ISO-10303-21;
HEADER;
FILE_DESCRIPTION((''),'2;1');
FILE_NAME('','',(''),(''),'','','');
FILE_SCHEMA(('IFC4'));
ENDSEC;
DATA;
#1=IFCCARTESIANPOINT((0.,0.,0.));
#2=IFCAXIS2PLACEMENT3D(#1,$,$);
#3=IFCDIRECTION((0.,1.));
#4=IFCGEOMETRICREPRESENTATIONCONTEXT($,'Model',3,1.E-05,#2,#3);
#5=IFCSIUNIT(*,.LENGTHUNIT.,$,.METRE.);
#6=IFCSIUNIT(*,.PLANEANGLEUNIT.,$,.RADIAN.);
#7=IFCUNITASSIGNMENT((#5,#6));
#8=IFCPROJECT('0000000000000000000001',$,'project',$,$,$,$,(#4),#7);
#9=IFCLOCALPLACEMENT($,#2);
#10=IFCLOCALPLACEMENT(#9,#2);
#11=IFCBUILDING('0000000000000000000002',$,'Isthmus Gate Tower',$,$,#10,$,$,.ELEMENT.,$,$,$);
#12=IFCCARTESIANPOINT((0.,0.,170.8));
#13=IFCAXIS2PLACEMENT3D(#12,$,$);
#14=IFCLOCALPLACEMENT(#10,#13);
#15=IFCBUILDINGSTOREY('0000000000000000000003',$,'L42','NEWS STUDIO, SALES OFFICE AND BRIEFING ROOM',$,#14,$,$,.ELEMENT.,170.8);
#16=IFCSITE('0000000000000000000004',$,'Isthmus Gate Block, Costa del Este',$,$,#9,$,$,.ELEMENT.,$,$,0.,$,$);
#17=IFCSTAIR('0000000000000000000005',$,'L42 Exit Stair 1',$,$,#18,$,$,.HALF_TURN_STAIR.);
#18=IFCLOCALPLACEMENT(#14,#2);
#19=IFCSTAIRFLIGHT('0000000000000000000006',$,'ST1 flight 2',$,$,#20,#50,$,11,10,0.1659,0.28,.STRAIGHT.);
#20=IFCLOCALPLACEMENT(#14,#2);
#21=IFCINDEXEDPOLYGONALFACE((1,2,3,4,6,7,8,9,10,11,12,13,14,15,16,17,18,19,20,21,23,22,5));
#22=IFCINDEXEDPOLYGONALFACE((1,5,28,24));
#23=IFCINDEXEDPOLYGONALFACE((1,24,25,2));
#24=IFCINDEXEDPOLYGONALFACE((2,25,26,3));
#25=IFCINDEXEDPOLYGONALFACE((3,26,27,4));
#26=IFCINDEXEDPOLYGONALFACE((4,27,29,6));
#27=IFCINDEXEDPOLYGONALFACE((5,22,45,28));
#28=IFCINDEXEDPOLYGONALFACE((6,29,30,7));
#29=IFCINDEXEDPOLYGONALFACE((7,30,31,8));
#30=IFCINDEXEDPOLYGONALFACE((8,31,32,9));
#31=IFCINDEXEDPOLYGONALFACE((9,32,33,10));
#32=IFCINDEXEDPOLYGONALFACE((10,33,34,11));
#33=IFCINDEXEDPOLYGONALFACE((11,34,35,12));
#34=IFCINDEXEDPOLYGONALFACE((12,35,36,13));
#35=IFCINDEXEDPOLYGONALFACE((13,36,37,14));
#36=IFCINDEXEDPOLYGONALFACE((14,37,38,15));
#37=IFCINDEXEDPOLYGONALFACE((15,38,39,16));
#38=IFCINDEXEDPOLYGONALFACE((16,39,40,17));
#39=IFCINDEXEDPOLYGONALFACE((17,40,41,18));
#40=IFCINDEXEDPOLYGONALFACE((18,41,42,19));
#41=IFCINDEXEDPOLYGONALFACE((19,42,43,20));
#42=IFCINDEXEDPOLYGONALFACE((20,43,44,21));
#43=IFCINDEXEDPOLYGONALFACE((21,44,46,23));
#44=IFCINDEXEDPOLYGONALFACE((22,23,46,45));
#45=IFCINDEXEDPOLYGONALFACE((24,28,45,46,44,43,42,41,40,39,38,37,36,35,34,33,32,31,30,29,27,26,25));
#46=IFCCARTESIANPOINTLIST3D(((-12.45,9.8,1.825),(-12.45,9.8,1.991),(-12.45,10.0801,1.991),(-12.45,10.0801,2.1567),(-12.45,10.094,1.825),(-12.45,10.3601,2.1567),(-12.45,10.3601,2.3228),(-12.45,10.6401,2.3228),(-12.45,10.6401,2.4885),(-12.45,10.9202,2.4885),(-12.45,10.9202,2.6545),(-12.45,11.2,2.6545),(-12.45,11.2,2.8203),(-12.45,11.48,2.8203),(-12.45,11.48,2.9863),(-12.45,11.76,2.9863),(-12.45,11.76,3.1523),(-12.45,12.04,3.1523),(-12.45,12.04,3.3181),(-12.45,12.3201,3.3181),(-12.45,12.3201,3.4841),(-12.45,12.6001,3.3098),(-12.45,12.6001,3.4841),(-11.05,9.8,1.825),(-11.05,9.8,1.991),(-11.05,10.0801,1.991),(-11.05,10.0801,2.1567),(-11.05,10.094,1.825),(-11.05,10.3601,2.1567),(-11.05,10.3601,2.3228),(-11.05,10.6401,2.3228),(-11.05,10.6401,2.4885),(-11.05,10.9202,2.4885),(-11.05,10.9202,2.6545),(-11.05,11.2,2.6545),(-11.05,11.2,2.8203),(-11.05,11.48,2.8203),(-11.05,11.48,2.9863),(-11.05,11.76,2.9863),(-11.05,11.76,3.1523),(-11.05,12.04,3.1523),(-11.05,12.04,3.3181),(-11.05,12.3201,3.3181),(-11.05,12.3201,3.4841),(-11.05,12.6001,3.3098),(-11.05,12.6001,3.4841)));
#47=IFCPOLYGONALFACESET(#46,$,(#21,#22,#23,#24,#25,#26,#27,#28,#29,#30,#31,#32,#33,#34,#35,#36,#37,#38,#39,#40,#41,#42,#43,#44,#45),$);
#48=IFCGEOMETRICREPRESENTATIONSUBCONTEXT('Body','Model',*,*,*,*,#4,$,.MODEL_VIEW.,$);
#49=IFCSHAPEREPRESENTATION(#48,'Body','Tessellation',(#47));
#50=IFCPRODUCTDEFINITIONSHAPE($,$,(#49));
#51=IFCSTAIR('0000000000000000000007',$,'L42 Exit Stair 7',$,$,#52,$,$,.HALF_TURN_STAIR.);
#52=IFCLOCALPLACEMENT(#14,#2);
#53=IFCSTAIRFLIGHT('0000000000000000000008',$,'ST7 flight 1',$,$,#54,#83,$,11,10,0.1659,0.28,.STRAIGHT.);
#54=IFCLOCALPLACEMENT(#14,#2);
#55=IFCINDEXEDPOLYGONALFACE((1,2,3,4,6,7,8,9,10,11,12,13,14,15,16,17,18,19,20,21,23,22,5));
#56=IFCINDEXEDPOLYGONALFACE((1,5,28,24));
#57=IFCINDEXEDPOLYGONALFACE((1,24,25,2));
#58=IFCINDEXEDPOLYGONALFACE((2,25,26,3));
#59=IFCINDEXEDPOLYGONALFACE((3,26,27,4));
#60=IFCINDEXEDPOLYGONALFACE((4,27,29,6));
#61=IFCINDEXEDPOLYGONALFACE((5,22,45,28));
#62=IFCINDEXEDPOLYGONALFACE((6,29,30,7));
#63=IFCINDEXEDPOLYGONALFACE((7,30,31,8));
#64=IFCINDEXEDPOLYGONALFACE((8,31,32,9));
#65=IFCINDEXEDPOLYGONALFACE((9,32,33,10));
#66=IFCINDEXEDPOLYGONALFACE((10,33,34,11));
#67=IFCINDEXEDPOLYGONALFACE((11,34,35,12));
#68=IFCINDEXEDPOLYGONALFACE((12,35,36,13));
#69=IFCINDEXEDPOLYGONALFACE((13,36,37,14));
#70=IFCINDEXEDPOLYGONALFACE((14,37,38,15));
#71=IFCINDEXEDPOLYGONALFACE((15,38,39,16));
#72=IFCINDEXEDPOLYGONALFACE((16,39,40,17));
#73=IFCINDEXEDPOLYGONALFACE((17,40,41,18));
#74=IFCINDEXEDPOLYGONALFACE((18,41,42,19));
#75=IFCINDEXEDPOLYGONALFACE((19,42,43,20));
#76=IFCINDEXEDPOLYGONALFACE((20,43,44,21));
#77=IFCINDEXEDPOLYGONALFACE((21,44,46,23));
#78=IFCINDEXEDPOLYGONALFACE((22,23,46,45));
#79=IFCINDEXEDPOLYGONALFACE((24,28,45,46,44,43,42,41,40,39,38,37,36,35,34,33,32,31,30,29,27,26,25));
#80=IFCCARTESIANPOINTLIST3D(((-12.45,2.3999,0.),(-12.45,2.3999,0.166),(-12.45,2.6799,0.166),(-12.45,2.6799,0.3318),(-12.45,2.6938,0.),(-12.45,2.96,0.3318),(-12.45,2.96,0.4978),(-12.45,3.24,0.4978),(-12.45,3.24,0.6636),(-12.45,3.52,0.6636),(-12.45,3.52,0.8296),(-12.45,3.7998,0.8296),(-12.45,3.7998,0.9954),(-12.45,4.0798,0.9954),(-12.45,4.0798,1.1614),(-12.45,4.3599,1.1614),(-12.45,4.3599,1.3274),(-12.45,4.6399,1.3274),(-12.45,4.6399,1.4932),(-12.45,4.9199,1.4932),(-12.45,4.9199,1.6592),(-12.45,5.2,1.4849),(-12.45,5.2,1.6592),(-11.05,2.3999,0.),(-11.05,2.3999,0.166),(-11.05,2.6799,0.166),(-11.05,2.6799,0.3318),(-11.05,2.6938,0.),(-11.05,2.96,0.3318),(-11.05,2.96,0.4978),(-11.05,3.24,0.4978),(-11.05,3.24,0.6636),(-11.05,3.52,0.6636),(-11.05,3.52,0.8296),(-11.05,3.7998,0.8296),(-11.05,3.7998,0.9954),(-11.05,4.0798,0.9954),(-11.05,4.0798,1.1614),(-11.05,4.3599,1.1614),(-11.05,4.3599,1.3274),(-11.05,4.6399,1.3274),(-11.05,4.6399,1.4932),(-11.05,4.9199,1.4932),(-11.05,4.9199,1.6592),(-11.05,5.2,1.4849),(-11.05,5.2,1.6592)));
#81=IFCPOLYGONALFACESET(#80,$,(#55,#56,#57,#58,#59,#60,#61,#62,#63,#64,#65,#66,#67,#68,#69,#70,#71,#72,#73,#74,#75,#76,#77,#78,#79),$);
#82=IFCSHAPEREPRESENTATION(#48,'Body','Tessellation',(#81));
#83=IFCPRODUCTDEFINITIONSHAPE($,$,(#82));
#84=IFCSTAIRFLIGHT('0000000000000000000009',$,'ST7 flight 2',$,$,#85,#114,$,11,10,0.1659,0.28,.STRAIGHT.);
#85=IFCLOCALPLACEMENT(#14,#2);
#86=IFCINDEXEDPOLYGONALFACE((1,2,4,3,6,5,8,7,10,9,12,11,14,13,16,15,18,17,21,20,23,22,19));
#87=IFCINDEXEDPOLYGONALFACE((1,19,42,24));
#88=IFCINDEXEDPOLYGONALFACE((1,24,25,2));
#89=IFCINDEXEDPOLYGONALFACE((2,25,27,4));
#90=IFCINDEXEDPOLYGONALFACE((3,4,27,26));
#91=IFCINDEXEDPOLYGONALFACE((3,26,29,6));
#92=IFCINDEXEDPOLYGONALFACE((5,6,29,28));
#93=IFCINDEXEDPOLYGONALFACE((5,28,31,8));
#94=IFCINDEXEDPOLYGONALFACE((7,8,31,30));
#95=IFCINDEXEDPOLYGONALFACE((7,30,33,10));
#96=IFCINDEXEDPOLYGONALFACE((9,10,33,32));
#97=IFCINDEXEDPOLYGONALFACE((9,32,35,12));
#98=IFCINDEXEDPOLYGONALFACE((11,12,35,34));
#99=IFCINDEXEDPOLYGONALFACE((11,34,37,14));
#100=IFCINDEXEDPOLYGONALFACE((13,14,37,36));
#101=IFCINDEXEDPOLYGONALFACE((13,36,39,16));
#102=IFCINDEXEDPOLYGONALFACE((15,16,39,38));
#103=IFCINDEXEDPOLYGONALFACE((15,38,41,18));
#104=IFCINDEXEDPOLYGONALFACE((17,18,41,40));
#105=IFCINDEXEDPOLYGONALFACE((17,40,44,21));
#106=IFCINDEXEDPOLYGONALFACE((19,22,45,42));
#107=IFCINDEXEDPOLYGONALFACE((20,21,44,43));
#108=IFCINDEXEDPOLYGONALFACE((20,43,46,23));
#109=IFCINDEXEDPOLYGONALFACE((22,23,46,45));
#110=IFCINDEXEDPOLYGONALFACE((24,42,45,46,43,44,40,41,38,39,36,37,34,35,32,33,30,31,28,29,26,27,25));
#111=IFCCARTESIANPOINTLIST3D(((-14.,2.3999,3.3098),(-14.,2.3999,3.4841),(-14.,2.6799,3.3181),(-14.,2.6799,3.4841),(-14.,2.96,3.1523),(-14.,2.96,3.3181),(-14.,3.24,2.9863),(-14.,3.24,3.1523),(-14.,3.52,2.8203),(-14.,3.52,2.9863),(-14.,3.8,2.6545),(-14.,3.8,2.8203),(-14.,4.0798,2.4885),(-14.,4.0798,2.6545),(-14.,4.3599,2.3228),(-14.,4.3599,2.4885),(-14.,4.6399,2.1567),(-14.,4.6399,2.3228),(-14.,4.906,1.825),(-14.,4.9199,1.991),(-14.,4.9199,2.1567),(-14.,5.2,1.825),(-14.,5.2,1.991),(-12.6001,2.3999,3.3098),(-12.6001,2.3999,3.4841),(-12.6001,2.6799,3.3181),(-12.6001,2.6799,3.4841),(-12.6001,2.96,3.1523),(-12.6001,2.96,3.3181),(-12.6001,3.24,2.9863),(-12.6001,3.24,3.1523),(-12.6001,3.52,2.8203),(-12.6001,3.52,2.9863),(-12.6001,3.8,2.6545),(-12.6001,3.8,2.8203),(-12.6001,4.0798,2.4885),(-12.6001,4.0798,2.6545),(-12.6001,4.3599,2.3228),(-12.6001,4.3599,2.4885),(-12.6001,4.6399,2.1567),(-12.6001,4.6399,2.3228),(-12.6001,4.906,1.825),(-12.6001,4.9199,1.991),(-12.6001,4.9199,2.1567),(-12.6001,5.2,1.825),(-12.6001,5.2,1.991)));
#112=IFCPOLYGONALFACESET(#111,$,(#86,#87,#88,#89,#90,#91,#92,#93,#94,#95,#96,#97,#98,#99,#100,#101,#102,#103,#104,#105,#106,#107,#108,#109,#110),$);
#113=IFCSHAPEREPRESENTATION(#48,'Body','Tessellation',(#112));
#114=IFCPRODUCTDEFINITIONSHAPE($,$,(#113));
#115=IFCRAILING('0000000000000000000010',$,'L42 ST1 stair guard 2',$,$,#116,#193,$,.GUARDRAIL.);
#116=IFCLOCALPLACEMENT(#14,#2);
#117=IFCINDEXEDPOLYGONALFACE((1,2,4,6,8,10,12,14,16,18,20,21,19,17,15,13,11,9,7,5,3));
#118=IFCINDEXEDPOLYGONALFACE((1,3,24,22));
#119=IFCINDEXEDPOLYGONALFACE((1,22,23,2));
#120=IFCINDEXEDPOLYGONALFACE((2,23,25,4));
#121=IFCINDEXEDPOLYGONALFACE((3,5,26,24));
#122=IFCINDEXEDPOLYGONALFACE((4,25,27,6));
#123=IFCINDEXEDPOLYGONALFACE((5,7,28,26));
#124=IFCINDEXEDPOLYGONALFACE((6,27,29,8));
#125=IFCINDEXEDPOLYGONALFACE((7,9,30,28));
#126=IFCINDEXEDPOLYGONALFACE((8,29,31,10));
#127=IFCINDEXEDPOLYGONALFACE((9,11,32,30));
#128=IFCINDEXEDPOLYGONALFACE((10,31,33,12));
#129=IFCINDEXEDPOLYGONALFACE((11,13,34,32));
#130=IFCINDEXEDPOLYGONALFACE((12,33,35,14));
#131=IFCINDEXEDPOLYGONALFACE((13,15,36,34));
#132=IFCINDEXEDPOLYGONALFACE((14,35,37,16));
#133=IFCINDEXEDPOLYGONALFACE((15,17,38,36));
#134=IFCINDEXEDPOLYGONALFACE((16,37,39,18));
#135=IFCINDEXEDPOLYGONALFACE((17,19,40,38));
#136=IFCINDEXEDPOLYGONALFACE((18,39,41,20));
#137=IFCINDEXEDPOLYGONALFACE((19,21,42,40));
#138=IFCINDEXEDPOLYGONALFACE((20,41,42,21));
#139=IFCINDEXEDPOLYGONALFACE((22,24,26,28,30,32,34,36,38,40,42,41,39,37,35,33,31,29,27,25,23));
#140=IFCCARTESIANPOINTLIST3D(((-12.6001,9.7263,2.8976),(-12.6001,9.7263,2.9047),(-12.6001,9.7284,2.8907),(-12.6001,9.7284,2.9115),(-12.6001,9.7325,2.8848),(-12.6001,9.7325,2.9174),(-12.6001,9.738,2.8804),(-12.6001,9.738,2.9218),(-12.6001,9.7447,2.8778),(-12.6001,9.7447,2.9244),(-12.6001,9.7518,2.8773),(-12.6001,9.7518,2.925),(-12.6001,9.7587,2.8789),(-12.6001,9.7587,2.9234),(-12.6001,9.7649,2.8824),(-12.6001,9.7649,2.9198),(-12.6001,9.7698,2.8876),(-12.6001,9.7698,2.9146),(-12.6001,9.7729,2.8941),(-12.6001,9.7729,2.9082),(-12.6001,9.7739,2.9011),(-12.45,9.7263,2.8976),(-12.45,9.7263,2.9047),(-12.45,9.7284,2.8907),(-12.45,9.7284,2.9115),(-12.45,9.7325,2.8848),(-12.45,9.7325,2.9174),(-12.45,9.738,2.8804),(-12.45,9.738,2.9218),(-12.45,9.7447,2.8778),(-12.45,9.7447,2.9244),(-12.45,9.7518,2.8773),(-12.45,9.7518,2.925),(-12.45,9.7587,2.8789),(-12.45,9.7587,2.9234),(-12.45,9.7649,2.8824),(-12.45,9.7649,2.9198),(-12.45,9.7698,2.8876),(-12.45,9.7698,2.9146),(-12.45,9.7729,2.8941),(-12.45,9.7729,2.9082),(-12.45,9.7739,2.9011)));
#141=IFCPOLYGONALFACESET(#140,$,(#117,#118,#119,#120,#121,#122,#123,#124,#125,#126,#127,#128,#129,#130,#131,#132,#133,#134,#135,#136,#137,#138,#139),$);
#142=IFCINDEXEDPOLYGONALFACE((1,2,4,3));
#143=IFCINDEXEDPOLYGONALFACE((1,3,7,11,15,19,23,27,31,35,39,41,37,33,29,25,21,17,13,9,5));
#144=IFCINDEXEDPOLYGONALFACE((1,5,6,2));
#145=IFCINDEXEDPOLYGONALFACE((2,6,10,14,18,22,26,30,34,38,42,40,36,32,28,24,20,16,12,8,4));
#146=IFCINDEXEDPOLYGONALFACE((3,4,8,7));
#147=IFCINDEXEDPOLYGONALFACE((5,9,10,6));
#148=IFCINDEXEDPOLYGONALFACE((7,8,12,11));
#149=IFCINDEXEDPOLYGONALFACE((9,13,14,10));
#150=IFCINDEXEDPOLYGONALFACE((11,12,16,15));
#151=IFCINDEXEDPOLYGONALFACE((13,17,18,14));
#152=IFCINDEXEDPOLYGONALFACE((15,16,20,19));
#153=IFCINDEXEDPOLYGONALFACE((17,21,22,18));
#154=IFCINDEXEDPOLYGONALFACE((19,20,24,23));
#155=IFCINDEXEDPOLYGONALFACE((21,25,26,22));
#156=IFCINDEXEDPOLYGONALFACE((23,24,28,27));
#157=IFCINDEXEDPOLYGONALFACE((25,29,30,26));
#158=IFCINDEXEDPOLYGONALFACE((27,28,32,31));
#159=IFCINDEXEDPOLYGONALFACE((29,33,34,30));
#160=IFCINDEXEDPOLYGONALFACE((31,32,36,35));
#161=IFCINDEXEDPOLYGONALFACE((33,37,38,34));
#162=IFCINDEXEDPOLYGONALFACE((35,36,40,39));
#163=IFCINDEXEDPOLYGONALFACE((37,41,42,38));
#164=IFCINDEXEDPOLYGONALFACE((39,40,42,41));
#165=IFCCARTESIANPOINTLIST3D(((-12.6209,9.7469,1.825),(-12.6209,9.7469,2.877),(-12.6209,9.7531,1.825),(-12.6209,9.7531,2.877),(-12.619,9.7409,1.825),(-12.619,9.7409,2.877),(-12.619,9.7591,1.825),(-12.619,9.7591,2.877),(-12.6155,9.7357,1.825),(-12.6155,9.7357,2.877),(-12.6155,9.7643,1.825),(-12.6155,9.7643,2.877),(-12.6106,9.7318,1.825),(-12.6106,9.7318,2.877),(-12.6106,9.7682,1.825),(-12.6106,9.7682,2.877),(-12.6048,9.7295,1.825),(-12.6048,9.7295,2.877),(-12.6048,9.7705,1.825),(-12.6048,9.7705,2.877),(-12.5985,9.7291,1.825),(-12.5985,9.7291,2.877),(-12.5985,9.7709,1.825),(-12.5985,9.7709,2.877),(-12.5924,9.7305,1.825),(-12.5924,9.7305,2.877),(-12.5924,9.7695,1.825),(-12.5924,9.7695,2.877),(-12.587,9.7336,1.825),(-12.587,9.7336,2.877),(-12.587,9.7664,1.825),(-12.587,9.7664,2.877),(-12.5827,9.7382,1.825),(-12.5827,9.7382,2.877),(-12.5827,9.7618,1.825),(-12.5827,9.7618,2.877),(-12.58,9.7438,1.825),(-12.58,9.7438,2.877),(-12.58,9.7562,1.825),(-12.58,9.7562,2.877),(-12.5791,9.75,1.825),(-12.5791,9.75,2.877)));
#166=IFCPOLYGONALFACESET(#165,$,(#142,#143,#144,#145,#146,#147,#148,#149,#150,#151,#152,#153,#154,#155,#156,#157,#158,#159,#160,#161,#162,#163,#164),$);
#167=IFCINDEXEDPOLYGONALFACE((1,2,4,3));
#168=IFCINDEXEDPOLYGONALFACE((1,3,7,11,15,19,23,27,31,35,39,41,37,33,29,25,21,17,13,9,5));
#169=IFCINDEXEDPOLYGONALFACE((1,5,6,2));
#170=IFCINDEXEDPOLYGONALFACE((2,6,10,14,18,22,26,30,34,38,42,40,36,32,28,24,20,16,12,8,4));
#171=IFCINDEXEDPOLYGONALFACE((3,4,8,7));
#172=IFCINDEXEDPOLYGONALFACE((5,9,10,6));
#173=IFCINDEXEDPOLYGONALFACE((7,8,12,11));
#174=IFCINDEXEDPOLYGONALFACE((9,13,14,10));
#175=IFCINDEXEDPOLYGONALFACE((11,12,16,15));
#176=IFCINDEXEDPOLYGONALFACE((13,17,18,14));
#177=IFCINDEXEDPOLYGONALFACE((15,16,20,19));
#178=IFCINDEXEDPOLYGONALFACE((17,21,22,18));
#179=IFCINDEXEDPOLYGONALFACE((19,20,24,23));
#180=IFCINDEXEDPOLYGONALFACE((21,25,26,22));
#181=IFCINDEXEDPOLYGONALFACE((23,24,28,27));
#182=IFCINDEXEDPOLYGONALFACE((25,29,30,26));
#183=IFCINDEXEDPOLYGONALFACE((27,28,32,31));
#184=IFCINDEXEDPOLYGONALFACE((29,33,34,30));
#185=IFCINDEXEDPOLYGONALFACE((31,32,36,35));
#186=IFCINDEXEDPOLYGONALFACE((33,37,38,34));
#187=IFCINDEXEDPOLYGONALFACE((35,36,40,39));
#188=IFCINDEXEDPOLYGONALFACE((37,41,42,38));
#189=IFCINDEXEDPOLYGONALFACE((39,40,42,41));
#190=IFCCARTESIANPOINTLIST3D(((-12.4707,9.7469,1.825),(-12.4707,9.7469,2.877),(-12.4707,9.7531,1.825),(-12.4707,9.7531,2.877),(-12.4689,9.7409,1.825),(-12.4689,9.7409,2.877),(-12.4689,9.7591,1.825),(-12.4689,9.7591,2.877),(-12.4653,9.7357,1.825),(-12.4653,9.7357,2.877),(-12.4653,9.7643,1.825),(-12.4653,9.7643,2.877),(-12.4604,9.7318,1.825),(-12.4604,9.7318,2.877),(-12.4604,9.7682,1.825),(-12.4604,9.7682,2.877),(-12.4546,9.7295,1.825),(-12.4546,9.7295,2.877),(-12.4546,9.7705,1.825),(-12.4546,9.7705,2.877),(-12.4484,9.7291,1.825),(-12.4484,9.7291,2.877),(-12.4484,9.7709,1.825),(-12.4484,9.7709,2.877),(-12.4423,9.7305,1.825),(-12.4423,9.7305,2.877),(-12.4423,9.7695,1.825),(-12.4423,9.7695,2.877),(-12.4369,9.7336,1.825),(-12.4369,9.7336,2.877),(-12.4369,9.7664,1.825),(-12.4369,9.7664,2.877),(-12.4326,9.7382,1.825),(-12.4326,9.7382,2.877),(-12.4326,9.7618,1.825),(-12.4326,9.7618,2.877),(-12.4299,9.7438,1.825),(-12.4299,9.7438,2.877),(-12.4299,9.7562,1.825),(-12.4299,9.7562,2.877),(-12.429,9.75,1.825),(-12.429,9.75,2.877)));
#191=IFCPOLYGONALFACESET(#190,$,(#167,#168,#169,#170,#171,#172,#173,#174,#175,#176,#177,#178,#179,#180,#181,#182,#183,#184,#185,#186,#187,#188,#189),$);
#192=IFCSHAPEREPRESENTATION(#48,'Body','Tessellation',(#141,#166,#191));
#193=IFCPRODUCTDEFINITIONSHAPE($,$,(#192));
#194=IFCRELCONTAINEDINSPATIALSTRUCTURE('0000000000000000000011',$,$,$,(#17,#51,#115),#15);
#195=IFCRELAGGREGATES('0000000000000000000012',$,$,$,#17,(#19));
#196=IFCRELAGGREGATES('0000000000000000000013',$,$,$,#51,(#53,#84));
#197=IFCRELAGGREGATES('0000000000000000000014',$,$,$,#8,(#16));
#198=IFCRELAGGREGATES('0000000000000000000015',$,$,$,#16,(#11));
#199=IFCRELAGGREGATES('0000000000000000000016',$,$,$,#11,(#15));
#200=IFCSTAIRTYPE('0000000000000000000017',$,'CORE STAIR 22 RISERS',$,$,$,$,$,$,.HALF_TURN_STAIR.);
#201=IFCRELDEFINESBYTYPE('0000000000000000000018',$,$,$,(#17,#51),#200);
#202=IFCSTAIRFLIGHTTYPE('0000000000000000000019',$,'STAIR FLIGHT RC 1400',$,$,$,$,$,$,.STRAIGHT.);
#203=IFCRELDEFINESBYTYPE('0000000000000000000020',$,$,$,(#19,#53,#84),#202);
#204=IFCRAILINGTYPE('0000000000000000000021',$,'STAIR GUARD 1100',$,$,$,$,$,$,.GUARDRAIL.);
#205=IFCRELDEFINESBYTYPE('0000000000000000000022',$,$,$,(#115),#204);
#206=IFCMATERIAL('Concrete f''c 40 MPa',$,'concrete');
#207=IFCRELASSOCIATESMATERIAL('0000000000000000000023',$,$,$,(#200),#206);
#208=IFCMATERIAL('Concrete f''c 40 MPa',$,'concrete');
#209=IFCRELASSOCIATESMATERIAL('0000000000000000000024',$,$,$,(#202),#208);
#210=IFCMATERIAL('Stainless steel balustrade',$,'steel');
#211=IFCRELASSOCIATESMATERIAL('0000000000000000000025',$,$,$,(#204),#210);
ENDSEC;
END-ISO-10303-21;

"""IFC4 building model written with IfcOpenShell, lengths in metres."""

from ifc_helpers import new_model, si_unit, direction, frame, origin, origin_2d, place, context, subcontext, project, spatial, polyline, circle, outline, extrude, material, type_object, element, aggregate, save


model = new_model("IFC4")

# Units and contexts
model_context = context("Model", 3, precision=1e-05, world=origin(), true_north=direction((0.0, 1.0)))
body_context = subcontext(model_context, "Body", "Model", "MODEL_VIEW")
ifc_project = project(units=[si_unit("LENGTHUNIT", "METRE"), si_unit("PLANEANGLEUNIT", "RADIAN")], contexts=[model_context])

# Site, building, storey
site_placement = place(None, origin())
site = spatial("IfcSite", under=ifc_project, at=site_placement, Name="Isthmus Gate Block, Costa del Este", CompositionType="ELEMENT", RefElevation=0.0)
building_placement = place(site_placement, origin())
building = spatial("IfcBuilding", under=site, at=building_placement, Name="Isthmus Gate Tower", CompositionType="ELEMENT")
storey_placement = place(building_placement, frame((0.0, 0.0, 170.8)))
storey = spatial("IfcBuildingStorey", under=building, at=storey_placement, Name="L42", Description="NEWS STUDIO, SALES OFFICE AND BRIEFING ROOM", CompositionType="ELEMENT", Elevation=170.8)

# Stair, stair flight
ifc_material_1 = material(Name="Concrete f'c 40 MPa", Category="concrete")
stair_type = type_object("IfcStairType", Name="CORE STAIR 22 RISERS", PredefinedType="HALF_TURN_STAIR", material=ifc_material_1)
stair_1_placement = place(storey_placement, origin())
stair_1 = element("IfcStair", 1, at=stair_1_placement, inside=storey, type_object=stair_type, Name="L42 Exit Stair 1", PredefinedType="HALF_TURN_STAIR")
ifc_material_2 = material(Name="Concrete f'c 40 MPa", Category="concrete")
stair_flight_type = type_object("IfcStairFlightType", Name="STAIR FLIGHT RC 1400", PredefinedType="STRAIGHT", material=ifc_material_2)
stair_flight_1_placement = place(storey_placement, frame((-11.75, 9.8, 1.825), z_axis=(0.0, 0.0, 1.0), x_axis=(0.0, 1.0, 0.0)))
stair_flight_1 = element("IfcStairFlight", 2, at=stair_flight_1_placement, type_object=stair_flight_type, Name="ST1 flight 2", NumberOfRisers=11, NumberOfTreads=10, PredefinedType="STRAIGHT", RiserHeight=0.1659, TreadLength=0.28, context=body_context, shape_type="SweptSolid", body=[
    extrude(outline(polyline([(0.0, 0.0), (0.0, 0.166), (0.28, 0.166), (0.28, 0.3318), (0.5601, 0.3318), (0.5601, 0.4978), (0.8401, 0.4978), (0.8401, 0.6636), (1.1201, 0.6636), (1.1201, 0.8296), (1.3999, 0.8296), (1.3999, 0.9954), (1.6799, 0.9954), (1.6799, 1.1614), (1.96, 1.1614), (1.96, 1.3274), (2.24, 1.3274), (2.24, 1.4932), (2.52, 1.4932), (2.52, 1.6592), (2.8, 1.6592), (2.8, 1.825), (2.8, 1.4849), (0.2939, 0.0), (0.0, 0.0)])), frame((0.0, 0.7, 0.0), z_axis=(0.0, -1.0, 0.0), x_axis=(1.0, 0.0, 0.0)), (0.0, 0.0, 1.0), 1.3999),
])
aggregate(stair_1, [stair_flight_1])

# Stair, stair flights
stair_2_placement = place(storey_placement, origin())
stair_2 = element("IfcStair", 3, at=stair_2_placement, inside=storey, type_object=stair_type, Name="L42 Exit Stair 7", PredefinedType="HALF_TURN_STAIR")
stair_flight_2_placement = place(storey_placement, frame((-11.75, 2.3999, 0.0), z_axis=(0.0, 0.0, 1.0), x_axis=(0.0, 1.0, 0.0)))
stair_flight_2 = element("IfcStairFlight", 4, at=stair_flight_2_placement, type_object=stair_flight_type, Name="ST7 flight 1", NumberOfRisers=11, NumberOfTreads=10, PredefinedType="STRAIGHT", RiserHeight=0.1659, TreadLength=0.28, context=body_context, shape_type="SweptSolid", body=[
    extrude(outline(polyline([(0.0, 0.0), (0.0, 0.166), (0.28, 0.166), (0.28, 0.3318), (0.5601, 0.3318), (0.5601, 0.4978), (0.8401, 0.4978), (0.8401, 0.6636), (1.1201, 0.6636), (1.1201, 0.8296), (1.3999, 0.8296), (1.3999, 0.9954), (1.6799, 0.9954), (1.6799, 1.1614), (1.96, 1.1614), (1.96, 1.3274), (2.24, 1.3274), (2.24, 1.4932), (2.52, 1.4932), (2.52, 1.6592), (2.8, 1.6592), (2.8, 1.825), (2.8, 1.4849), (0.2939, 0.0), (0.0, 0.0)])), frame((0.0, 0.7, 0.0), z_axis=(0.0, -1.0, 0.0), x_axis=(1.0, 0.0, 0.0)), (0.0, 0.0, 1.0), 1.3999),
])
stair_flight_3_placement = place(storey_placement, frame((-13.3, 5.2, 1.825), z_axis=(0.0, 0.0, 1.0), x_axis=(0.0, -1.0, 0.0)))
stair_flight_3 = element("IfcStairFlight", 5, at=stair_flight_3_placement, type_object=stair_flight_type, Name="ST7 flight 2", NumberOfRisers=11, NumberOfTreads=10, PredefinedType="STRAIGHT", RiserHeight=0.1659, TreadLength=0.28, context=body_context, shape_type="SweptSolid", body=[
    extrude(outline(polyline([(0.0, 0.0), (0.0, 0.166), (0.28, 0.166), (0.28, 0.3318), (0.5601, 0.3318), (0.5601, 0.4978), (0.8401, 0.4978), (0.8401, 0.6636), (1.1201, 0.6636), (1.1201, 0.8296), (1.3999, 0.8296), (1.3999, 0.9954), (1.6799, 0.9954), (1.6799, 1.1614), (1.96, 1.1614), (1.96, 1.3274), (2.24, 1.3274), (2.24, 1.4932), (2.52, 1.4932), (2.52, 1.6592), (2.8, 1.6592), (2.8, 1.825), (2.8, 1.4849), (0.2939, 0.0), (0.0, 0.0)])), frame((0.0, 0.7, 0.0), z_axis=(0.0, -1.0, 0.0), x_axis=(1.0, 0.0, 0.0)), (0.0, 0.0, 1.0), 1.3999),
])
aggregate(stair_2, [stair_flight_2, stair_flight_3])

# Railing
ifc_material_3 = material(Name="Stainless steel balustrade", Category="steel")
railing_type_1 = type_object("IfcRailingType", Name="STAIR GUARD 1100", PredefinedType="GUARDRAIL", material=ifc_material_3)
railing_1_placement = place(storey_placement, frame((-12.6001, 9.75, 1.825)))
element("IfcRailing", 6, at=railing_1_placement, inside=storey, type_object=railing_type_1, Name="L42 ST1 stair guard 2", PredefinedType="GUARDRAIL", context=body_context, shape_type="SweptSolid", body=[
    extrude(circle(Radius=0.0239, at=origin_2d()), frame((0.0, 0.0, 1.0762), z_axis=(1.0, 0.0, 0.0), x_axis=(0.0, 1.0, 0.0)), (0.0, 0.0, 1.0), 0.1501),
    extrude(circle(Radius=0.021, at=origin_2d()), origin(), (0.0, 0.0, 1.0), 1.052),
    extrude(circle(Radius=0.021, at=origin_2d()), frame((0.1501, 0.0, 0.0)), (0.0, 0.0, 1.0), 1.052),
])

save(model, "model.ifc")
